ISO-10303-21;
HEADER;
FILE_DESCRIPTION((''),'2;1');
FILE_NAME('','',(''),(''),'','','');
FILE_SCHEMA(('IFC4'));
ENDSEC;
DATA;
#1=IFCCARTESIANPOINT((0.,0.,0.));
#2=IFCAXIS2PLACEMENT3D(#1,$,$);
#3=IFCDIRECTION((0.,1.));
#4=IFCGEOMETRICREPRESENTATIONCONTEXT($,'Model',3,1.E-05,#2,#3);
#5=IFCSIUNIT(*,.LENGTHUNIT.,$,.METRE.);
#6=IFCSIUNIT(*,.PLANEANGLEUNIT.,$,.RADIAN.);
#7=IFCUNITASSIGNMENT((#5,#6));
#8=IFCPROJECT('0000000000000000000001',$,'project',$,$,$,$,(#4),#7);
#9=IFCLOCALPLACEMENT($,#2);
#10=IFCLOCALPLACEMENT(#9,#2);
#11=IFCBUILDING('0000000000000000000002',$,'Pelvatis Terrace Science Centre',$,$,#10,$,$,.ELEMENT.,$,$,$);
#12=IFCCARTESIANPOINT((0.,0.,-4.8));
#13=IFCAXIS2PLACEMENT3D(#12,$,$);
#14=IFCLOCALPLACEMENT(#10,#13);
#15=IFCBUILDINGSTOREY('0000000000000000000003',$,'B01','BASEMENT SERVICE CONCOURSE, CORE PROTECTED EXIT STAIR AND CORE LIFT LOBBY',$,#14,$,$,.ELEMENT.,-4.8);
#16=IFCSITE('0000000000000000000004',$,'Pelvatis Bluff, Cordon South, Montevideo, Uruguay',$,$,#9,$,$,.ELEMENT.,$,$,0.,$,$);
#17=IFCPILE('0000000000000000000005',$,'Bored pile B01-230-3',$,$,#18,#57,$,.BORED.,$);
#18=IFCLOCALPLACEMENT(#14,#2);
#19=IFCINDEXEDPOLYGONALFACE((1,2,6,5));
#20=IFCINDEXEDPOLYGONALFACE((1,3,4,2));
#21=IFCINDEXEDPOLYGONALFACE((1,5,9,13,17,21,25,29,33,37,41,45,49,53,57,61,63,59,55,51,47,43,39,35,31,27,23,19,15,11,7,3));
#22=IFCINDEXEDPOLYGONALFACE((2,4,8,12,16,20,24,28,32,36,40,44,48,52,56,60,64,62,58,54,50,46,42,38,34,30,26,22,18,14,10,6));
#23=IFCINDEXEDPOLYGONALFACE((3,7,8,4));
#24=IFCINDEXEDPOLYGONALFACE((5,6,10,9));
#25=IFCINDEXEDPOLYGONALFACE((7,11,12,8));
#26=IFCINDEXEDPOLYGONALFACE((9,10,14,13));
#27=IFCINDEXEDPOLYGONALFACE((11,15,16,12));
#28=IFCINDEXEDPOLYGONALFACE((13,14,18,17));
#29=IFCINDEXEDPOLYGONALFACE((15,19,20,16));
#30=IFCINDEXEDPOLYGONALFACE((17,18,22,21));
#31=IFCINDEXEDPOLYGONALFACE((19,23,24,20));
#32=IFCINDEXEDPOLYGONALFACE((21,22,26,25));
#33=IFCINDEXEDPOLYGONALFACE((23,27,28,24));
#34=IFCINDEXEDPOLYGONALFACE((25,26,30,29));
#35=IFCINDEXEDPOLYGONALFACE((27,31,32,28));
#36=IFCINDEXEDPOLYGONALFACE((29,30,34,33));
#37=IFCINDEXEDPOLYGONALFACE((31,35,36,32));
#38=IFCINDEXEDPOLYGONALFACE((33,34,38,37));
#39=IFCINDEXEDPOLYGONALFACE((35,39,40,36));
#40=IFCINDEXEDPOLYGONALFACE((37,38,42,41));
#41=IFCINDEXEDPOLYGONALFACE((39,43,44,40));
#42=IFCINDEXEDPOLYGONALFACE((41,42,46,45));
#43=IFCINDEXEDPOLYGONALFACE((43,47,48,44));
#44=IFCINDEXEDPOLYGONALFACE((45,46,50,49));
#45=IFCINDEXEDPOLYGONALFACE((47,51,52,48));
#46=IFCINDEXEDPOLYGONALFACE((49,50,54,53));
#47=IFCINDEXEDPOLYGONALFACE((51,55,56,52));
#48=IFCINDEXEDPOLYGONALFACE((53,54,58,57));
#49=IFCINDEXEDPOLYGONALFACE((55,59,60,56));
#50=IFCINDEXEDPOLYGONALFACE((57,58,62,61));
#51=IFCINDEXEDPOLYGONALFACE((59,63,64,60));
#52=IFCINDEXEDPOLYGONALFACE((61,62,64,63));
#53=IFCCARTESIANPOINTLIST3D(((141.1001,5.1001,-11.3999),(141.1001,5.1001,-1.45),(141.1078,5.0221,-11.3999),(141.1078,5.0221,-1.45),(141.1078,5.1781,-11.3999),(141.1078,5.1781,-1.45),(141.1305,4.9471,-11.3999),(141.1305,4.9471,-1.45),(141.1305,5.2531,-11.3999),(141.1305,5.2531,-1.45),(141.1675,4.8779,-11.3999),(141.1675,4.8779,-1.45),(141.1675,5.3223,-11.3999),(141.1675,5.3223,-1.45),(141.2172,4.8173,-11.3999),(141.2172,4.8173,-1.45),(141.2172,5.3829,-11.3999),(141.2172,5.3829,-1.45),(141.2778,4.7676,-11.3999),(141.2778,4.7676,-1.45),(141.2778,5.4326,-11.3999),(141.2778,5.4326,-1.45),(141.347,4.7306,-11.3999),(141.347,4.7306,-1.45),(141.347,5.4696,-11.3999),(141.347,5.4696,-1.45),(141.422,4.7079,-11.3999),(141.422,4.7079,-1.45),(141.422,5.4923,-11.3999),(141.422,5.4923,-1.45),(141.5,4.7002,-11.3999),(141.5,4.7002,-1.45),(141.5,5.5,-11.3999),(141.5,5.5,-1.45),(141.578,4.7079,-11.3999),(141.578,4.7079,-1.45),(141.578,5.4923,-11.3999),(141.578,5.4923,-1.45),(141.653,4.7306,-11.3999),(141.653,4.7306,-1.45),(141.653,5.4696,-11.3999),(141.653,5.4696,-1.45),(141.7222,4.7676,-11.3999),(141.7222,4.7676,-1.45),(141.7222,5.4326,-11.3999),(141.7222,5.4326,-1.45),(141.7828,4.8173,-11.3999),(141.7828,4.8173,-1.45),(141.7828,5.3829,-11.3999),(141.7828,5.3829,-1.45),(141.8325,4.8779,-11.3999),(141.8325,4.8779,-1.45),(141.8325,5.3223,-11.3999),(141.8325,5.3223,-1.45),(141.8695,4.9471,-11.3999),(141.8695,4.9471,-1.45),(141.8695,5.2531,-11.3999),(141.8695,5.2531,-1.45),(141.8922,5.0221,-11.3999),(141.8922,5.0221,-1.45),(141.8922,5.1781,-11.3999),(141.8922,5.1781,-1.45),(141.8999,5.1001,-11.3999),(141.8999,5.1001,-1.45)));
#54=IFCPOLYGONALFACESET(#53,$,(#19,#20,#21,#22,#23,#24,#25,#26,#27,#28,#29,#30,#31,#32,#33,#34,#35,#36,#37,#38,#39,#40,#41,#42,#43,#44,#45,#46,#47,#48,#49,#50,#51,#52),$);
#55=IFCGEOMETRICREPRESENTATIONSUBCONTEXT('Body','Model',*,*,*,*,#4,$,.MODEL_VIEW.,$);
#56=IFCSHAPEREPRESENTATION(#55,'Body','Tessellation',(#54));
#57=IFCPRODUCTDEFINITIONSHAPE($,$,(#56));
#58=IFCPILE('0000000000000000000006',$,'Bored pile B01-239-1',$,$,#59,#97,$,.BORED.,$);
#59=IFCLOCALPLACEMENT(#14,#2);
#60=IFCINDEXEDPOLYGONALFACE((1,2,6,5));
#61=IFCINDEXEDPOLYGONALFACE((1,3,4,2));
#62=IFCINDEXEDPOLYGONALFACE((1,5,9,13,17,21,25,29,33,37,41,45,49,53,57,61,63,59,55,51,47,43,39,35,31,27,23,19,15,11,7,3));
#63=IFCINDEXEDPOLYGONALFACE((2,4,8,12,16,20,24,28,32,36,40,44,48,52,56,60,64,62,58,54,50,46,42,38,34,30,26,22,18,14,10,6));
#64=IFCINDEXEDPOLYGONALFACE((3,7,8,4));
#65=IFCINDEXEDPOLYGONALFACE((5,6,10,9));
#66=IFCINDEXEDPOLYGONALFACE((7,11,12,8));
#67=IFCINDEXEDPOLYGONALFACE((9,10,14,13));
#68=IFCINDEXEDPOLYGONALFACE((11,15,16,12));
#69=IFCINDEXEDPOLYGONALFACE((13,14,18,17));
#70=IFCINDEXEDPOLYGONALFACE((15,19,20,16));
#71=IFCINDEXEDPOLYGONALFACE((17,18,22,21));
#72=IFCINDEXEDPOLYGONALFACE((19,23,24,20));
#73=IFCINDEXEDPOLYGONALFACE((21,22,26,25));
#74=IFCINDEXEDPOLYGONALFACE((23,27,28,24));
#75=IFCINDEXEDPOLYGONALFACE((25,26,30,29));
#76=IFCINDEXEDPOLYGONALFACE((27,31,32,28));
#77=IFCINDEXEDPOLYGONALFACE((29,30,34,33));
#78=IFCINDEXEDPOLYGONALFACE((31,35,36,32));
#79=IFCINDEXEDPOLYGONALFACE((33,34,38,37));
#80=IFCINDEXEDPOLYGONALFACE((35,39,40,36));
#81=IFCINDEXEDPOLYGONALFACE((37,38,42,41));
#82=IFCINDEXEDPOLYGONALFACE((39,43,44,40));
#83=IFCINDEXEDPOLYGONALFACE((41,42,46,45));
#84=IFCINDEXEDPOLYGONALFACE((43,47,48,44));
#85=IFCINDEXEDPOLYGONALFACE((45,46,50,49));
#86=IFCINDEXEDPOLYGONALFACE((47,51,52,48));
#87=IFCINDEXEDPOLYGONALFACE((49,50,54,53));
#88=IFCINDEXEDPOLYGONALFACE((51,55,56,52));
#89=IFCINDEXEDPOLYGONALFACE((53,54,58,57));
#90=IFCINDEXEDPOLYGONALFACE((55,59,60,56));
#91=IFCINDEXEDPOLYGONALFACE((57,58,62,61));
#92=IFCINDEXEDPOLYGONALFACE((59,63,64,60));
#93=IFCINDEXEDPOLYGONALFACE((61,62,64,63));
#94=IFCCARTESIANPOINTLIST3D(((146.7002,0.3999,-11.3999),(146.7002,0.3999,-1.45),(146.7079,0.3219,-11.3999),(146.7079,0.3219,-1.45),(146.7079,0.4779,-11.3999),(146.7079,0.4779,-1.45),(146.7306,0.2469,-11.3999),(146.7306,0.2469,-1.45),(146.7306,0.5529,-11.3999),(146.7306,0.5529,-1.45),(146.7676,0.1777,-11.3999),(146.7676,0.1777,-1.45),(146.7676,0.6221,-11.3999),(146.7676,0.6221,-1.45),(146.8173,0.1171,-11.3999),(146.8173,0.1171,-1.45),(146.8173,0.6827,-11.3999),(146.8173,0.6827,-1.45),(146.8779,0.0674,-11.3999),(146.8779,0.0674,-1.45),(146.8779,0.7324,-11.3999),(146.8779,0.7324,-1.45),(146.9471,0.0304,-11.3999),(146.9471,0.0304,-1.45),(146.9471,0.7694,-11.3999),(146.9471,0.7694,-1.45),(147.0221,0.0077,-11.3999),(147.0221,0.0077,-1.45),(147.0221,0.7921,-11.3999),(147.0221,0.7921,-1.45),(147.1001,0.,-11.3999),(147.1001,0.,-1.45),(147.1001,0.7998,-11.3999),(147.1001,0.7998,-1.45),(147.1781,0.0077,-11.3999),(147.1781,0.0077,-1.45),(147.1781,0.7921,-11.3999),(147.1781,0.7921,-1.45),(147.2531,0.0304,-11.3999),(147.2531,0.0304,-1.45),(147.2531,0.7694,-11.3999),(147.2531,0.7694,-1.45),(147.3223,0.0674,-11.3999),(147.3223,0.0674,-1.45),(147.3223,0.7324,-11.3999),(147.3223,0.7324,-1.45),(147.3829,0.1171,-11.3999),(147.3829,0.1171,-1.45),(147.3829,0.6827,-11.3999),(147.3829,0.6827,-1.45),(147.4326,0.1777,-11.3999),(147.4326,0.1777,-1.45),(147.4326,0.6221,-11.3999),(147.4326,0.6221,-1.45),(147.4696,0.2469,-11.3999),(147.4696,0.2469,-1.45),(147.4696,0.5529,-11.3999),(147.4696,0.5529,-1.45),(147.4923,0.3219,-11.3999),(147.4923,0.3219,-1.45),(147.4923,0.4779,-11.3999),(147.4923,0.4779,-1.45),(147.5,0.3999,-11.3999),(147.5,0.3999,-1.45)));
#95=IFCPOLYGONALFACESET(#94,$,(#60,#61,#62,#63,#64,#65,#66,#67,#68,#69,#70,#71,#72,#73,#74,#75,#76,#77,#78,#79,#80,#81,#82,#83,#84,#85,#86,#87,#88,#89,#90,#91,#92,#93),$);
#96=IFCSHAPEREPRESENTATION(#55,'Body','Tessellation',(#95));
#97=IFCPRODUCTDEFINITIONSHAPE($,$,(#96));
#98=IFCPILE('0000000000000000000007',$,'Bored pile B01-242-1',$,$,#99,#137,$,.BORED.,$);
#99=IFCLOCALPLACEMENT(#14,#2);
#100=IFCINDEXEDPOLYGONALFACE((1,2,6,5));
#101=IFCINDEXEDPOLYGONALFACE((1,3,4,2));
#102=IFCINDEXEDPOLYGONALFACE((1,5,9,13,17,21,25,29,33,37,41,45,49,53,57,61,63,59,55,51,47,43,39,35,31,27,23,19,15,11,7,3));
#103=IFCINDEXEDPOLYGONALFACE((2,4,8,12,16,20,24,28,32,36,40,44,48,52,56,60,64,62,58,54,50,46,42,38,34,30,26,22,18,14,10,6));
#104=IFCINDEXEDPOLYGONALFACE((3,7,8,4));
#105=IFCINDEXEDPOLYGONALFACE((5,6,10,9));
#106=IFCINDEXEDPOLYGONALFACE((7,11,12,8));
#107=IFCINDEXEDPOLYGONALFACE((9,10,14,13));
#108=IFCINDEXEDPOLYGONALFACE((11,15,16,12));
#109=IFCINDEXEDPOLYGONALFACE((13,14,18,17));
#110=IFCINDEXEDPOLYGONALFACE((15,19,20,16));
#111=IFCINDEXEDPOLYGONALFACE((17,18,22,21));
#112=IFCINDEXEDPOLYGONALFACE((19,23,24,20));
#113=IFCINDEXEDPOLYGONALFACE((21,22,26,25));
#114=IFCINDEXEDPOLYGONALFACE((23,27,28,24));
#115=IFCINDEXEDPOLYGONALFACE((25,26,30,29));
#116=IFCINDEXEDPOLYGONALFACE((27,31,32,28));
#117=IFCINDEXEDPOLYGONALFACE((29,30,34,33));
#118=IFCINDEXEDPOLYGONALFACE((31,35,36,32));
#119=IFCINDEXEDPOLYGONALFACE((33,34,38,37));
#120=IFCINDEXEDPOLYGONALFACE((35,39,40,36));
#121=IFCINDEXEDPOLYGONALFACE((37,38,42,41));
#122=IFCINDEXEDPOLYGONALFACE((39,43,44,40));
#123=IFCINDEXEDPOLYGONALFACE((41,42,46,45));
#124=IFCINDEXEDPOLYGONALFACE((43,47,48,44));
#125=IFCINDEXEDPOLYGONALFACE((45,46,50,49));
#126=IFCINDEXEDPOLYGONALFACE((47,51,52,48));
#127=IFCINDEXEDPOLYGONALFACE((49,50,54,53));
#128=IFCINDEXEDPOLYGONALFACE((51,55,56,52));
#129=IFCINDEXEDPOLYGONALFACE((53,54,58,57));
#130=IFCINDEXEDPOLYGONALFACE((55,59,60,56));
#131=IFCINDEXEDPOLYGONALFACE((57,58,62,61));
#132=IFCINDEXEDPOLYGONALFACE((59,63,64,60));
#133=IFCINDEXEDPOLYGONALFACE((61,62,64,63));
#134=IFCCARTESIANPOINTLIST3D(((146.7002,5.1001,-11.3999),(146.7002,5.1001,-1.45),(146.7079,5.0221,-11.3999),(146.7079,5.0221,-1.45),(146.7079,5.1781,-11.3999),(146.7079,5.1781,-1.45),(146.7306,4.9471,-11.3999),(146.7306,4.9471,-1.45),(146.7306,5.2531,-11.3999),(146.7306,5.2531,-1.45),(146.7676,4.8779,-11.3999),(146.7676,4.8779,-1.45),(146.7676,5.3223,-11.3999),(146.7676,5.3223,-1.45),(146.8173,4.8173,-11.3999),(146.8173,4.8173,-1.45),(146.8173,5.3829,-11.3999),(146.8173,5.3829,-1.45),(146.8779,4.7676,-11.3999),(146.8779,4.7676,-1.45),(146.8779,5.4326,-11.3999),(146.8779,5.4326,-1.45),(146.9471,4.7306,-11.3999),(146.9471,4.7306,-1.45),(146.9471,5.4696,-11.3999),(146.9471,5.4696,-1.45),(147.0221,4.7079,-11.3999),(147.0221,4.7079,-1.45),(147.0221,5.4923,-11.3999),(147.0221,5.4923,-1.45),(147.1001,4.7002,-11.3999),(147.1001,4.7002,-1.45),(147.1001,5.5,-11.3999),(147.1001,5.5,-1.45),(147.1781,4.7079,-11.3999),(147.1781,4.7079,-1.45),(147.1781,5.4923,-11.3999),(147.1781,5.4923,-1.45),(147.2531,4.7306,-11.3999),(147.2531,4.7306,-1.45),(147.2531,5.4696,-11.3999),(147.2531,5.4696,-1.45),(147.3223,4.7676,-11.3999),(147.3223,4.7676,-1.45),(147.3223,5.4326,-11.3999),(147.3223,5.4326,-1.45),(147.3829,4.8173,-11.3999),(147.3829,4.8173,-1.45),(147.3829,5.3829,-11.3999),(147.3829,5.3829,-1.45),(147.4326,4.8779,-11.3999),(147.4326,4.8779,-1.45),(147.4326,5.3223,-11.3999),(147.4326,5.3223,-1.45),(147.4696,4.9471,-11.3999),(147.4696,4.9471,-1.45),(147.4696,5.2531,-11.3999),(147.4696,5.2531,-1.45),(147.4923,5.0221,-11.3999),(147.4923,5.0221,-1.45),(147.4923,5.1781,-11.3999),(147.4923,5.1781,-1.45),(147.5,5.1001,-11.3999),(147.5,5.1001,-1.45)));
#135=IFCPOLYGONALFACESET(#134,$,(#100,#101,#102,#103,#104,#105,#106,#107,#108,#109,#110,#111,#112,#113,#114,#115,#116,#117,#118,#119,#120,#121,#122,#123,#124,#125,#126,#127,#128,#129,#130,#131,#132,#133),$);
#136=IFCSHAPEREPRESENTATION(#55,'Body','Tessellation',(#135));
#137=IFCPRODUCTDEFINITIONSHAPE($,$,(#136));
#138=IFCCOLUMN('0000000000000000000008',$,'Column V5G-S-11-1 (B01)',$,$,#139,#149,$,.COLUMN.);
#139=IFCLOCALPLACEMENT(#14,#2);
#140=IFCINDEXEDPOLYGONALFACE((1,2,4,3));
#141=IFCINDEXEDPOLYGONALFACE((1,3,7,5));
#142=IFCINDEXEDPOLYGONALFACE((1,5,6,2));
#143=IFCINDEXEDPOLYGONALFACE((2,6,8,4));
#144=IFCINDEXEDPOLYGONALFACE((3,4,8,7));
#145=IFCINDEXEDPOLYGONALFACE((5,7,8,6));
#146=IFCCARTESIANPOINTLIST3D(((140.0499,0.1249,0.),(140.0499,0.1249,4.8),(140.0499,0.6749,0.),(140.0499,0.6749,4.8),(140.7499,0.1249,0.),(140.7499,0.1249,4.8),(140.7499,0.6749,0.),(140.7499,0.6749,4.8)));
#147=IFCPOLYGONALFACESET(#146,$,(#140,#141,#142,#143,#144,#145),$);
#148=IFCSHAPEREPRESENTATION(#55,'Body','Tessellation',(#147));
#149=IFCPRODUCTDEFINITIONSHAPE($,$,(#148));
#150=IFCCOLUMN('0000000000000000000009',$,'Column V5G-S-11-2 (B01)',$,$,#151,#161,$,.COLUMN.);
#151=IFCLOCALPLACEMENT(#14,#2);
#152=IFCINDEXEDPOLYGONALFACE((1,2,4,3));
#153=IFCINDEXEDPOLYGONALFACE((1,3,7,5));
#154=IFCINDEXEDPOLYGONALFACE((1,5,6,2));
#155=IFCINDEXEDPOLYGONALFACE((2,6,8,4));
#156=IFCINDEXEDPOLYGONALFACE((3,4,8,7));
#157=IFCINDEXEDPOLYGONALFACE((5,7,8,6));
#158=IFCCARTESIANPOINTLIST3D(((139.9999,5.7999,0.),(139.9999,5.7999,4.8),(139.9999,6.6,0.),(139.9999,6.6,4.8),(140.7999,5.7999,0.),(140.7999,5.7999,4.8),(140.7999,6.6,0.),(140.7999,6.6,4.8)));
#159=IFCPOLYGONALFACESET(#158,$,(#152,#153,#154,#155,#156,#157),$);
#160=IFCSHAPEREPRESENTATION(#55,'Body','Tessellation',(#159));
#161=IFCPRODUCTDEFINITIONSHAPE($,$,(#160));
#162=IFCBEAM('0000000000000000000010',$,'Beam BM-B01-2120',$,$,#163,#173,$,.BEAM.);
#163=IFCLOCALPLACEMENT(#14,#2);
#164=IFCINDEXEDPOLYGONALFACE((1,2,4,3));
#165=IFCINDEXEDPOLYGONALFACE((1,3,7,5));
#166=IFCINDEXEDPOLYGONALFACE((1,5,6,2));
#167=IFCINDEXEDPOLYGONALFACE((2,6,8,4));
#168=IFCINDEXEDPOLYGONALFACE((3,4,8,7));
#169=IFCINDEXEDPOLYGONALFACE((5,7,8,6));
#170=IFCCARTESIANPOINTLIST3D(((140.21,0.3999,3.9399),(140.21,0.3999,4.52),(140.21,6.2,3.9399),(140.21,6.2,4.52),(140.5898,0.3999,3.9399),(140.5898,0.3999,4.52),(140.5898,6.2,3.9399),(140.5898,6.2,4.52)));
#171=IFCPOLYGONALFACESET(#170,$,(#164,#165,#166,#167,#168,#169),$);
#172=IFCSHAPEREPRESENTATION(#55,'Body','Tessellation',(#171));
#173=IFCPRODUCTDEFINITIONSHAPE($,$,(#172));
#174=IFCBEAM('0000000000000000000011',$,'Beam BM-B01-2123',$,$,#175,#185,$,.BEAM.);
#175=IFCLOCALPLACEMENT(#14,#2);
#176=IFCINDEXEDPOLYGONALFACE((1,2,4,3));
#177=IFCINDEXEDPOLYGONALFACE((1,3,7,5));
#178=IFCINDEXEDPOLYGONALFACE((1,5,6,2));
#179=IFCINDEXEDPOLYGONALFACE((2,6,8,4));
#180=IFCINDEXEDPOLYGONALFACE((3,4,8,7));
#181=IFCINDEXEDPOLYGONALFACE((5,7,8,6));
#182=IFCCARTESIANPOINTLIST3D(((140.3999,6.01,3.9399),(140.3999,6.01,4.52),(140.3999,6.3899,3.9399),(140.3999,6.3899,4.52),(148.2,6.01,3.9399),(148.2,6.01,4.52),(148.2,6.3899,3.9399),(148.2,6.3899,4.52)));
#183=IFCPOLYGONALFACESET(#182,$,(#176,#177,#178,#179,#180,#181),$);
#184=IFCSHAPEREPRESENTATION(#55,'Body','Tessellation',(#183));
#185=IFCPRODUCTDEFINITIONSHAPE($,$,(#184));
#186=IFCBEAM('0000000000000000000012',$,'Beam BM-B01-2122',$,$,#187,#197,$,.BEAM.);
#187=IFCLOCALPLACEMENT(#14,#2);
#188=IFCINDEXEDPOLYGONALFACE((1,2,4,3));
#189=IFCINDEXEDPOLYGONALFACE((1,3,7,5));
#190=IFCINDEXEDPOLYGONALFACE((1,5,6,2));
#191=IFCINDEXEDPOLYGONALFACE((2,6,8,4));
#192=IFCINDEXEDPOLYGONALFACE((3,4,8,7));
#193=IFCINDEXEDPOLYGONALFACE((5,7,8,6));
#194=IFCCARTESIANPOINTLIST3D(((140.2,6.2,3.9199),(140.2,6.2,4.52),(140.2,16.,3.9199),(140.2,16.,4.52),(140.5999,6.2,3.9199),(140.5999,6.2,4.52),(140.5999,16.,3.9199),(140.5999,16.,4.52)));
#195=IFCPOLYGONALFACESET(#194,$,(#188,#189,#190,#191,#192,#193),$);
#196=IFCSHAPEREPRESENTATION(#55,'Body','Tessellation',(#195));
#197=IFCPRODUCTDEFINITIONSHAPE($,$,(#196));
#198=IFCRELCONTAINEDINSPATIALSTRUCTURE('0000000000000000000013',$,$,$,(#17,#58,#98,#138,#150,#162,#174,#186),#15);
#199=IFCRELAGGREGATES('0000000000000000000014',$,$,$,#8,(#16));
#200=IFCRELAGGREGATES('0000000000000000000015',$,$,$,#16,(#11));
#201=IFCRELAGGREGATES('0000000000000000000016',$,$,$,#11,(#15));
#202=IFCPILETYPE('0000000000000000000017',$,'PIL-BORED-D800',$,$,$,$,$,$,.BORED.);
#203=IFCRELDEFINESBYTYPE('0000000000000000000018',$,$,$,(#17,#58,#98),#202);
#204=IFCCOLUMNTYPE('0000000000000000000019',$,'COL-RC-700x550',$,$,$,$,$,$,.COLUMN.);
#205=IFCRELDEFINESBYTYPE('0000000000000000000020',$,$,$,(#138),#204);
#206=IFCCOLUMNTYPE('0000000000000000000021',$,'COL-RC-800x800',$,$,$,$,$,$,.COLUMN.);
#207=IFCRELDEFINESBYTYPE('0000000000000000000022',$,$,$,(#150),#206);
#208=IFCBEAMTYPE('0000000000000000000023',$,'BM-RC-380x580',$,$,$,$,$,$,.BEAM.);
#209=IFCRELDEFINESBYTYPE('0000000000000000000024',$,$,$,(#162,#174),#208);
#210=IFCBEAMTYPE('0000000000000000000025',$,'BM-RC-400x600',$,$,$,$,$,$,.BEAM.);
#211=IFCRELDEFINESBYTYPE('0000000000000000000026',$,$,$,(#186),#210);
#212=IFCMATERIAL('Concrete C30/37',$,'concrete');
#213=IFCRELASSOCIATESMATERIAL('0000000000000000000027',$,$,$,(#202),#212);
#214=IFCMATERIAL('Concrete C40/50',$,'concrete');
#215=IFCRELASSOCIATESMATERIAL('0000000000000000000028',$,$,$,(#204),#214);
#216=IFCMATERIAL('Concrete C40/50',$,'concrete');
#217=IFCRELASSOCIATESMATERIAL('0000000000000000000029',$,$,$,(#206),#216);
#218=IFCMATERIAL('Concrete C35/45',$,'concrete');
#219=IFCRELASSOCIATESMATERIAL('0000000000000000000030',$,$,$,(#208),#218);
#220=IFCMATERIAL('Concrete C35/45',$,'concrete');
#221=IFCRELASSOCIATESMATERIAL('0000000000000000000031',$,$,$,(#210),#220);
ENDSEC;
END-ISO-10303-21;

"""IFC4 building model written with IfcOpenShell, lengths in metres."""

from ifc_helpers import new_model, si_unit, direction, frame, origin, origin_2d, place, context, subcontext, project, spatial, rectangle, circle, extrude, material, material_profile, profile_set, type_object, element, save


model = new_model("IFC4")

# Units and contexts
model_context = context("Model", 3, precision=1e-05, world=origin(), true_north=direction((0.0, 1.0)))
body_context = subcontext(model_context, "Body", "Model", "MODEL_VIEW")
ifc_project = project(units=[si_unit("LENGTHUNIT", "METRE"), si_unit("PLANEANGLEUNIT", "RADIAN")], contexts=[model_context])

# Site, building, storey
site_placement = place(None, origin())
site = spatial("IfcSite", under=ifc_project, at=site_placement, Name="Pelvatis Bluff, Cordon South, Montevideo, Uruguay", CompositionType="ELEMENT", RefElevation=0.0)
building_placement = place(site_placement, origin())
building = spatial("IfcBuilding", under=site, at=building_placement, Name="Pelvatis Terrace Science Centre", CompositionType="ELEMENT")
storey_placement = place(building_placement, frame((0.0, 0.0, -4.8)))
storey = spatial("IfcBuildingStorey", under=building, at=storey_placement, Name="B01", Description="BASEMENT SERVICE CONCOURSE, CORE PROTECTED EXIT STAIR AND CORE LIFT LOBBY", CompositionType="ELEMENT", Elevation=-4.8)

# Piles
ifc_material_1 = material(Name="Concrete C30/37", Category="concrete")
ifc_material_profile_1 = material_profile(ifc_material_1, circle(Radius=0.3999, at=origin_2d()), Name="PILE D800")
ifc_profile_set_1 = profile_set([ifc_material_profile_1], Name="Concrete C30/37")
pile_type = type_object("IfcPileType", Name="PIL-BORED-D800", PredefinedType="BORED", material=ifc_profile_set_1)
for number, where, z_axis, x_axis, name in (
    (1, (141.5, 5.1001, -1.45), (0.0, 0.0, -1.0), (1.0, 0.0, 0.0), "Bored pile B01-230-3"),
    (2, (147.1001, 0.3999, -1.45), (0.0, 0.0, -1.0), (1.0, 0.0, 0.0), "Bored pile B01-239-1"),
    (3, (147.1001, 5.1001, -1.45), (0.0, 0.0, -1.0), (1.0, 0.0, 0.0), "Bored pile B01-242-1"),
):
    element("IfcPile", number, at=place(storey_placement, frame(where, z_axis=z_axis, x_axis=x_axis)), inside=storey, type_object=pile_type, Name=name, PredefinedType="BORED", context=body_context, shape_type="SweptSolid", body=[
        extrude(circle(Radius=0.3999, at=origin_2d()), origin(), (0.0, 0.0, 1.0), 9.95),
    ])

# Columns
ifc_material_2 = material(Name="Concrete C40/50", Category="concrete")
ifc_material_profile_2 = material_profile(ifc_material_2, rectangle(XDim=0.7, YDim=0.55, at=origin_2d()), Name="RC-COL 700x550")
ifc_profile_set_2 = profile_set([ifc_material_profile_2], Name="Concrete C40/50")
column_type_1 = type_object("IfcColumnType", Name="COL-RC-700x550", PredefinedType="COLUMN", material=ifc_profile_set_2)
column_1_placement = place(storey_placement, frame((140.3999, 0.3999, 0.0), z_axis=(0.0, 0.0, 1.0), x_axis=(1.0, 0.0, 0.0)))
element("IfcColumn", 4, at=column_1_placement, inside=storey, type_object=column_type_1, Name="Column V5G-S-11-1 (B01)", PredefinedType="COLUMN", context=body_context, shape_type="SweptSolid", body=[
    extrude(rectangle(XDim=0.7, YDim=0.55, at=origin_2d()), origin(), (0.0, 0.0, 1.0), 4.8),
])
ifc_material_3 = material(Name="Concrete C40/50", Category="concrete")
ifc_material_profile_3 = material_profile(ifc_material_3, rectangle(XDim=0.8, YDim=0.8, at=origin_2d()), Name="RC-COL 800x800")
ifc_profile_set_3 = profile_set([ifc_material_profile_3], Name="Concrete C40/50")
column_type_2 = type_object("IfcColumnType", Name="COL-RC-800x800", PredefinedType="COLUMN", material=ifc_profile_set_3)
column_2_placement = place(storey_placement, frame((140.3999, 6.2, 0.0), z_axis=(0.0, 0.0, 1.0), x_axis=(1.0, 0.0, 0.0)))
element("IfcColumn", 5, at=column_2_placement, inside=storey, type_object=column_type_2, Name="Column V5G-S-11-2 (B01)", PredefinedType="COLUMN", context=body_context, shape_type="SweptSolid", body=[
    extrude(rectangle(XDim=0.8, YDim=0.8, at=origin_2d()), origin(), (0.0, 0.0, 1.0), 4.8),
])

# Beams
ifc_material_4 = material(Name="Concrete C35/45", Category="concrete")
ifc_material_profile_4 = material_profile(ifc_material_4, rectangle(XDim=0.3799, YDim=0.5801, at=origin_2d()), Name="RC-BM 380x580")
ifc_profile_set_4 = profile_set([ifc_material_profile_4], Name="Concrete C35/45")
beam_type_1 = type_object("IfcBeamType", Name="BM-RC-380x580", PredefinedType="BEAM", material=ifc_profile_set_4)
beam_1_placement = place(storey_placement, frame((140.3999, 0.3999, 4.23), z_axis=(0.0, 1.0, 0.0), x_axis=(-1.0, 0.0, 0.0)))
element("IfcBeam", 6, at=beam_1_placement, inside=storey, type_object=beam_type_1, Name="Beam BM-B01-2120", PredefinedType="BEAM", context=body_context, shape_type="SweptSolid", body=[
    extrude(rectangle(XDim=0.3799, YDim=0.5801, at=origin_2d()), origin(), (0.0, 0.0, 1.0), 5.8),
])
beam_2_placement = place(storey_placement, frame((140.3999, 6.2, 4.23), z_axis=(1.0, 0.0, 0.0), x_axis=(0.0, 1.0, 0.0)))
element("IfcBeam", 7, at=beam_2_placement, inside=storey, type_object=beam_type_1, Name="Beam BM-B01-2123", PredefinedType="BEAM", context=body_context, shape_type="SweptSolid", body=[
    extrude(rectangle(XDim=0.3799, YDim=0.5801, at=origin_2d()), origin(), (0.0, 0.0, 1.0), 7.8),
])
ifc_material_5 = material(Name="Concrete C35/45", Category="concrete")
ifc_material_profile_5 = material_profile(ifc_material_5, rectangle(XDim=0.3999, YDim=0.6001, at=origin_2d()), Name="RC-BM 400x600")
ifc_profile_set_5 = profile_set([ifc_material_profile_5], Name="Concrete C35/45")
beam_type_2 = type_object("IfcBeamType", Name="BM-RC-400x600", PredefinedType="BEAM", material=ifc_profile_set_5)
beam_3_placement = place(storey_placement, frame((140.3999, 6.2, 4.22), z_axis=(0.0, 1.0, 0.0), x_axis=(-1.0, 0.0, 0.0)))
element("IfcBeam", 8, at=beam_3_placement, inside=storey, type_object=beam_type_2, Name="Beam BM-B01-2122", PredefinedType="BEAM", context=body_context, shape_type="SweptSolid", body=[
    extrude(rectangle(XDim=0.3999, YDim=0.6001, at=origin_2d()), origin(), (0.0, 0.0, 1.0), 9.8),
])

save(model, "model.ifc")
